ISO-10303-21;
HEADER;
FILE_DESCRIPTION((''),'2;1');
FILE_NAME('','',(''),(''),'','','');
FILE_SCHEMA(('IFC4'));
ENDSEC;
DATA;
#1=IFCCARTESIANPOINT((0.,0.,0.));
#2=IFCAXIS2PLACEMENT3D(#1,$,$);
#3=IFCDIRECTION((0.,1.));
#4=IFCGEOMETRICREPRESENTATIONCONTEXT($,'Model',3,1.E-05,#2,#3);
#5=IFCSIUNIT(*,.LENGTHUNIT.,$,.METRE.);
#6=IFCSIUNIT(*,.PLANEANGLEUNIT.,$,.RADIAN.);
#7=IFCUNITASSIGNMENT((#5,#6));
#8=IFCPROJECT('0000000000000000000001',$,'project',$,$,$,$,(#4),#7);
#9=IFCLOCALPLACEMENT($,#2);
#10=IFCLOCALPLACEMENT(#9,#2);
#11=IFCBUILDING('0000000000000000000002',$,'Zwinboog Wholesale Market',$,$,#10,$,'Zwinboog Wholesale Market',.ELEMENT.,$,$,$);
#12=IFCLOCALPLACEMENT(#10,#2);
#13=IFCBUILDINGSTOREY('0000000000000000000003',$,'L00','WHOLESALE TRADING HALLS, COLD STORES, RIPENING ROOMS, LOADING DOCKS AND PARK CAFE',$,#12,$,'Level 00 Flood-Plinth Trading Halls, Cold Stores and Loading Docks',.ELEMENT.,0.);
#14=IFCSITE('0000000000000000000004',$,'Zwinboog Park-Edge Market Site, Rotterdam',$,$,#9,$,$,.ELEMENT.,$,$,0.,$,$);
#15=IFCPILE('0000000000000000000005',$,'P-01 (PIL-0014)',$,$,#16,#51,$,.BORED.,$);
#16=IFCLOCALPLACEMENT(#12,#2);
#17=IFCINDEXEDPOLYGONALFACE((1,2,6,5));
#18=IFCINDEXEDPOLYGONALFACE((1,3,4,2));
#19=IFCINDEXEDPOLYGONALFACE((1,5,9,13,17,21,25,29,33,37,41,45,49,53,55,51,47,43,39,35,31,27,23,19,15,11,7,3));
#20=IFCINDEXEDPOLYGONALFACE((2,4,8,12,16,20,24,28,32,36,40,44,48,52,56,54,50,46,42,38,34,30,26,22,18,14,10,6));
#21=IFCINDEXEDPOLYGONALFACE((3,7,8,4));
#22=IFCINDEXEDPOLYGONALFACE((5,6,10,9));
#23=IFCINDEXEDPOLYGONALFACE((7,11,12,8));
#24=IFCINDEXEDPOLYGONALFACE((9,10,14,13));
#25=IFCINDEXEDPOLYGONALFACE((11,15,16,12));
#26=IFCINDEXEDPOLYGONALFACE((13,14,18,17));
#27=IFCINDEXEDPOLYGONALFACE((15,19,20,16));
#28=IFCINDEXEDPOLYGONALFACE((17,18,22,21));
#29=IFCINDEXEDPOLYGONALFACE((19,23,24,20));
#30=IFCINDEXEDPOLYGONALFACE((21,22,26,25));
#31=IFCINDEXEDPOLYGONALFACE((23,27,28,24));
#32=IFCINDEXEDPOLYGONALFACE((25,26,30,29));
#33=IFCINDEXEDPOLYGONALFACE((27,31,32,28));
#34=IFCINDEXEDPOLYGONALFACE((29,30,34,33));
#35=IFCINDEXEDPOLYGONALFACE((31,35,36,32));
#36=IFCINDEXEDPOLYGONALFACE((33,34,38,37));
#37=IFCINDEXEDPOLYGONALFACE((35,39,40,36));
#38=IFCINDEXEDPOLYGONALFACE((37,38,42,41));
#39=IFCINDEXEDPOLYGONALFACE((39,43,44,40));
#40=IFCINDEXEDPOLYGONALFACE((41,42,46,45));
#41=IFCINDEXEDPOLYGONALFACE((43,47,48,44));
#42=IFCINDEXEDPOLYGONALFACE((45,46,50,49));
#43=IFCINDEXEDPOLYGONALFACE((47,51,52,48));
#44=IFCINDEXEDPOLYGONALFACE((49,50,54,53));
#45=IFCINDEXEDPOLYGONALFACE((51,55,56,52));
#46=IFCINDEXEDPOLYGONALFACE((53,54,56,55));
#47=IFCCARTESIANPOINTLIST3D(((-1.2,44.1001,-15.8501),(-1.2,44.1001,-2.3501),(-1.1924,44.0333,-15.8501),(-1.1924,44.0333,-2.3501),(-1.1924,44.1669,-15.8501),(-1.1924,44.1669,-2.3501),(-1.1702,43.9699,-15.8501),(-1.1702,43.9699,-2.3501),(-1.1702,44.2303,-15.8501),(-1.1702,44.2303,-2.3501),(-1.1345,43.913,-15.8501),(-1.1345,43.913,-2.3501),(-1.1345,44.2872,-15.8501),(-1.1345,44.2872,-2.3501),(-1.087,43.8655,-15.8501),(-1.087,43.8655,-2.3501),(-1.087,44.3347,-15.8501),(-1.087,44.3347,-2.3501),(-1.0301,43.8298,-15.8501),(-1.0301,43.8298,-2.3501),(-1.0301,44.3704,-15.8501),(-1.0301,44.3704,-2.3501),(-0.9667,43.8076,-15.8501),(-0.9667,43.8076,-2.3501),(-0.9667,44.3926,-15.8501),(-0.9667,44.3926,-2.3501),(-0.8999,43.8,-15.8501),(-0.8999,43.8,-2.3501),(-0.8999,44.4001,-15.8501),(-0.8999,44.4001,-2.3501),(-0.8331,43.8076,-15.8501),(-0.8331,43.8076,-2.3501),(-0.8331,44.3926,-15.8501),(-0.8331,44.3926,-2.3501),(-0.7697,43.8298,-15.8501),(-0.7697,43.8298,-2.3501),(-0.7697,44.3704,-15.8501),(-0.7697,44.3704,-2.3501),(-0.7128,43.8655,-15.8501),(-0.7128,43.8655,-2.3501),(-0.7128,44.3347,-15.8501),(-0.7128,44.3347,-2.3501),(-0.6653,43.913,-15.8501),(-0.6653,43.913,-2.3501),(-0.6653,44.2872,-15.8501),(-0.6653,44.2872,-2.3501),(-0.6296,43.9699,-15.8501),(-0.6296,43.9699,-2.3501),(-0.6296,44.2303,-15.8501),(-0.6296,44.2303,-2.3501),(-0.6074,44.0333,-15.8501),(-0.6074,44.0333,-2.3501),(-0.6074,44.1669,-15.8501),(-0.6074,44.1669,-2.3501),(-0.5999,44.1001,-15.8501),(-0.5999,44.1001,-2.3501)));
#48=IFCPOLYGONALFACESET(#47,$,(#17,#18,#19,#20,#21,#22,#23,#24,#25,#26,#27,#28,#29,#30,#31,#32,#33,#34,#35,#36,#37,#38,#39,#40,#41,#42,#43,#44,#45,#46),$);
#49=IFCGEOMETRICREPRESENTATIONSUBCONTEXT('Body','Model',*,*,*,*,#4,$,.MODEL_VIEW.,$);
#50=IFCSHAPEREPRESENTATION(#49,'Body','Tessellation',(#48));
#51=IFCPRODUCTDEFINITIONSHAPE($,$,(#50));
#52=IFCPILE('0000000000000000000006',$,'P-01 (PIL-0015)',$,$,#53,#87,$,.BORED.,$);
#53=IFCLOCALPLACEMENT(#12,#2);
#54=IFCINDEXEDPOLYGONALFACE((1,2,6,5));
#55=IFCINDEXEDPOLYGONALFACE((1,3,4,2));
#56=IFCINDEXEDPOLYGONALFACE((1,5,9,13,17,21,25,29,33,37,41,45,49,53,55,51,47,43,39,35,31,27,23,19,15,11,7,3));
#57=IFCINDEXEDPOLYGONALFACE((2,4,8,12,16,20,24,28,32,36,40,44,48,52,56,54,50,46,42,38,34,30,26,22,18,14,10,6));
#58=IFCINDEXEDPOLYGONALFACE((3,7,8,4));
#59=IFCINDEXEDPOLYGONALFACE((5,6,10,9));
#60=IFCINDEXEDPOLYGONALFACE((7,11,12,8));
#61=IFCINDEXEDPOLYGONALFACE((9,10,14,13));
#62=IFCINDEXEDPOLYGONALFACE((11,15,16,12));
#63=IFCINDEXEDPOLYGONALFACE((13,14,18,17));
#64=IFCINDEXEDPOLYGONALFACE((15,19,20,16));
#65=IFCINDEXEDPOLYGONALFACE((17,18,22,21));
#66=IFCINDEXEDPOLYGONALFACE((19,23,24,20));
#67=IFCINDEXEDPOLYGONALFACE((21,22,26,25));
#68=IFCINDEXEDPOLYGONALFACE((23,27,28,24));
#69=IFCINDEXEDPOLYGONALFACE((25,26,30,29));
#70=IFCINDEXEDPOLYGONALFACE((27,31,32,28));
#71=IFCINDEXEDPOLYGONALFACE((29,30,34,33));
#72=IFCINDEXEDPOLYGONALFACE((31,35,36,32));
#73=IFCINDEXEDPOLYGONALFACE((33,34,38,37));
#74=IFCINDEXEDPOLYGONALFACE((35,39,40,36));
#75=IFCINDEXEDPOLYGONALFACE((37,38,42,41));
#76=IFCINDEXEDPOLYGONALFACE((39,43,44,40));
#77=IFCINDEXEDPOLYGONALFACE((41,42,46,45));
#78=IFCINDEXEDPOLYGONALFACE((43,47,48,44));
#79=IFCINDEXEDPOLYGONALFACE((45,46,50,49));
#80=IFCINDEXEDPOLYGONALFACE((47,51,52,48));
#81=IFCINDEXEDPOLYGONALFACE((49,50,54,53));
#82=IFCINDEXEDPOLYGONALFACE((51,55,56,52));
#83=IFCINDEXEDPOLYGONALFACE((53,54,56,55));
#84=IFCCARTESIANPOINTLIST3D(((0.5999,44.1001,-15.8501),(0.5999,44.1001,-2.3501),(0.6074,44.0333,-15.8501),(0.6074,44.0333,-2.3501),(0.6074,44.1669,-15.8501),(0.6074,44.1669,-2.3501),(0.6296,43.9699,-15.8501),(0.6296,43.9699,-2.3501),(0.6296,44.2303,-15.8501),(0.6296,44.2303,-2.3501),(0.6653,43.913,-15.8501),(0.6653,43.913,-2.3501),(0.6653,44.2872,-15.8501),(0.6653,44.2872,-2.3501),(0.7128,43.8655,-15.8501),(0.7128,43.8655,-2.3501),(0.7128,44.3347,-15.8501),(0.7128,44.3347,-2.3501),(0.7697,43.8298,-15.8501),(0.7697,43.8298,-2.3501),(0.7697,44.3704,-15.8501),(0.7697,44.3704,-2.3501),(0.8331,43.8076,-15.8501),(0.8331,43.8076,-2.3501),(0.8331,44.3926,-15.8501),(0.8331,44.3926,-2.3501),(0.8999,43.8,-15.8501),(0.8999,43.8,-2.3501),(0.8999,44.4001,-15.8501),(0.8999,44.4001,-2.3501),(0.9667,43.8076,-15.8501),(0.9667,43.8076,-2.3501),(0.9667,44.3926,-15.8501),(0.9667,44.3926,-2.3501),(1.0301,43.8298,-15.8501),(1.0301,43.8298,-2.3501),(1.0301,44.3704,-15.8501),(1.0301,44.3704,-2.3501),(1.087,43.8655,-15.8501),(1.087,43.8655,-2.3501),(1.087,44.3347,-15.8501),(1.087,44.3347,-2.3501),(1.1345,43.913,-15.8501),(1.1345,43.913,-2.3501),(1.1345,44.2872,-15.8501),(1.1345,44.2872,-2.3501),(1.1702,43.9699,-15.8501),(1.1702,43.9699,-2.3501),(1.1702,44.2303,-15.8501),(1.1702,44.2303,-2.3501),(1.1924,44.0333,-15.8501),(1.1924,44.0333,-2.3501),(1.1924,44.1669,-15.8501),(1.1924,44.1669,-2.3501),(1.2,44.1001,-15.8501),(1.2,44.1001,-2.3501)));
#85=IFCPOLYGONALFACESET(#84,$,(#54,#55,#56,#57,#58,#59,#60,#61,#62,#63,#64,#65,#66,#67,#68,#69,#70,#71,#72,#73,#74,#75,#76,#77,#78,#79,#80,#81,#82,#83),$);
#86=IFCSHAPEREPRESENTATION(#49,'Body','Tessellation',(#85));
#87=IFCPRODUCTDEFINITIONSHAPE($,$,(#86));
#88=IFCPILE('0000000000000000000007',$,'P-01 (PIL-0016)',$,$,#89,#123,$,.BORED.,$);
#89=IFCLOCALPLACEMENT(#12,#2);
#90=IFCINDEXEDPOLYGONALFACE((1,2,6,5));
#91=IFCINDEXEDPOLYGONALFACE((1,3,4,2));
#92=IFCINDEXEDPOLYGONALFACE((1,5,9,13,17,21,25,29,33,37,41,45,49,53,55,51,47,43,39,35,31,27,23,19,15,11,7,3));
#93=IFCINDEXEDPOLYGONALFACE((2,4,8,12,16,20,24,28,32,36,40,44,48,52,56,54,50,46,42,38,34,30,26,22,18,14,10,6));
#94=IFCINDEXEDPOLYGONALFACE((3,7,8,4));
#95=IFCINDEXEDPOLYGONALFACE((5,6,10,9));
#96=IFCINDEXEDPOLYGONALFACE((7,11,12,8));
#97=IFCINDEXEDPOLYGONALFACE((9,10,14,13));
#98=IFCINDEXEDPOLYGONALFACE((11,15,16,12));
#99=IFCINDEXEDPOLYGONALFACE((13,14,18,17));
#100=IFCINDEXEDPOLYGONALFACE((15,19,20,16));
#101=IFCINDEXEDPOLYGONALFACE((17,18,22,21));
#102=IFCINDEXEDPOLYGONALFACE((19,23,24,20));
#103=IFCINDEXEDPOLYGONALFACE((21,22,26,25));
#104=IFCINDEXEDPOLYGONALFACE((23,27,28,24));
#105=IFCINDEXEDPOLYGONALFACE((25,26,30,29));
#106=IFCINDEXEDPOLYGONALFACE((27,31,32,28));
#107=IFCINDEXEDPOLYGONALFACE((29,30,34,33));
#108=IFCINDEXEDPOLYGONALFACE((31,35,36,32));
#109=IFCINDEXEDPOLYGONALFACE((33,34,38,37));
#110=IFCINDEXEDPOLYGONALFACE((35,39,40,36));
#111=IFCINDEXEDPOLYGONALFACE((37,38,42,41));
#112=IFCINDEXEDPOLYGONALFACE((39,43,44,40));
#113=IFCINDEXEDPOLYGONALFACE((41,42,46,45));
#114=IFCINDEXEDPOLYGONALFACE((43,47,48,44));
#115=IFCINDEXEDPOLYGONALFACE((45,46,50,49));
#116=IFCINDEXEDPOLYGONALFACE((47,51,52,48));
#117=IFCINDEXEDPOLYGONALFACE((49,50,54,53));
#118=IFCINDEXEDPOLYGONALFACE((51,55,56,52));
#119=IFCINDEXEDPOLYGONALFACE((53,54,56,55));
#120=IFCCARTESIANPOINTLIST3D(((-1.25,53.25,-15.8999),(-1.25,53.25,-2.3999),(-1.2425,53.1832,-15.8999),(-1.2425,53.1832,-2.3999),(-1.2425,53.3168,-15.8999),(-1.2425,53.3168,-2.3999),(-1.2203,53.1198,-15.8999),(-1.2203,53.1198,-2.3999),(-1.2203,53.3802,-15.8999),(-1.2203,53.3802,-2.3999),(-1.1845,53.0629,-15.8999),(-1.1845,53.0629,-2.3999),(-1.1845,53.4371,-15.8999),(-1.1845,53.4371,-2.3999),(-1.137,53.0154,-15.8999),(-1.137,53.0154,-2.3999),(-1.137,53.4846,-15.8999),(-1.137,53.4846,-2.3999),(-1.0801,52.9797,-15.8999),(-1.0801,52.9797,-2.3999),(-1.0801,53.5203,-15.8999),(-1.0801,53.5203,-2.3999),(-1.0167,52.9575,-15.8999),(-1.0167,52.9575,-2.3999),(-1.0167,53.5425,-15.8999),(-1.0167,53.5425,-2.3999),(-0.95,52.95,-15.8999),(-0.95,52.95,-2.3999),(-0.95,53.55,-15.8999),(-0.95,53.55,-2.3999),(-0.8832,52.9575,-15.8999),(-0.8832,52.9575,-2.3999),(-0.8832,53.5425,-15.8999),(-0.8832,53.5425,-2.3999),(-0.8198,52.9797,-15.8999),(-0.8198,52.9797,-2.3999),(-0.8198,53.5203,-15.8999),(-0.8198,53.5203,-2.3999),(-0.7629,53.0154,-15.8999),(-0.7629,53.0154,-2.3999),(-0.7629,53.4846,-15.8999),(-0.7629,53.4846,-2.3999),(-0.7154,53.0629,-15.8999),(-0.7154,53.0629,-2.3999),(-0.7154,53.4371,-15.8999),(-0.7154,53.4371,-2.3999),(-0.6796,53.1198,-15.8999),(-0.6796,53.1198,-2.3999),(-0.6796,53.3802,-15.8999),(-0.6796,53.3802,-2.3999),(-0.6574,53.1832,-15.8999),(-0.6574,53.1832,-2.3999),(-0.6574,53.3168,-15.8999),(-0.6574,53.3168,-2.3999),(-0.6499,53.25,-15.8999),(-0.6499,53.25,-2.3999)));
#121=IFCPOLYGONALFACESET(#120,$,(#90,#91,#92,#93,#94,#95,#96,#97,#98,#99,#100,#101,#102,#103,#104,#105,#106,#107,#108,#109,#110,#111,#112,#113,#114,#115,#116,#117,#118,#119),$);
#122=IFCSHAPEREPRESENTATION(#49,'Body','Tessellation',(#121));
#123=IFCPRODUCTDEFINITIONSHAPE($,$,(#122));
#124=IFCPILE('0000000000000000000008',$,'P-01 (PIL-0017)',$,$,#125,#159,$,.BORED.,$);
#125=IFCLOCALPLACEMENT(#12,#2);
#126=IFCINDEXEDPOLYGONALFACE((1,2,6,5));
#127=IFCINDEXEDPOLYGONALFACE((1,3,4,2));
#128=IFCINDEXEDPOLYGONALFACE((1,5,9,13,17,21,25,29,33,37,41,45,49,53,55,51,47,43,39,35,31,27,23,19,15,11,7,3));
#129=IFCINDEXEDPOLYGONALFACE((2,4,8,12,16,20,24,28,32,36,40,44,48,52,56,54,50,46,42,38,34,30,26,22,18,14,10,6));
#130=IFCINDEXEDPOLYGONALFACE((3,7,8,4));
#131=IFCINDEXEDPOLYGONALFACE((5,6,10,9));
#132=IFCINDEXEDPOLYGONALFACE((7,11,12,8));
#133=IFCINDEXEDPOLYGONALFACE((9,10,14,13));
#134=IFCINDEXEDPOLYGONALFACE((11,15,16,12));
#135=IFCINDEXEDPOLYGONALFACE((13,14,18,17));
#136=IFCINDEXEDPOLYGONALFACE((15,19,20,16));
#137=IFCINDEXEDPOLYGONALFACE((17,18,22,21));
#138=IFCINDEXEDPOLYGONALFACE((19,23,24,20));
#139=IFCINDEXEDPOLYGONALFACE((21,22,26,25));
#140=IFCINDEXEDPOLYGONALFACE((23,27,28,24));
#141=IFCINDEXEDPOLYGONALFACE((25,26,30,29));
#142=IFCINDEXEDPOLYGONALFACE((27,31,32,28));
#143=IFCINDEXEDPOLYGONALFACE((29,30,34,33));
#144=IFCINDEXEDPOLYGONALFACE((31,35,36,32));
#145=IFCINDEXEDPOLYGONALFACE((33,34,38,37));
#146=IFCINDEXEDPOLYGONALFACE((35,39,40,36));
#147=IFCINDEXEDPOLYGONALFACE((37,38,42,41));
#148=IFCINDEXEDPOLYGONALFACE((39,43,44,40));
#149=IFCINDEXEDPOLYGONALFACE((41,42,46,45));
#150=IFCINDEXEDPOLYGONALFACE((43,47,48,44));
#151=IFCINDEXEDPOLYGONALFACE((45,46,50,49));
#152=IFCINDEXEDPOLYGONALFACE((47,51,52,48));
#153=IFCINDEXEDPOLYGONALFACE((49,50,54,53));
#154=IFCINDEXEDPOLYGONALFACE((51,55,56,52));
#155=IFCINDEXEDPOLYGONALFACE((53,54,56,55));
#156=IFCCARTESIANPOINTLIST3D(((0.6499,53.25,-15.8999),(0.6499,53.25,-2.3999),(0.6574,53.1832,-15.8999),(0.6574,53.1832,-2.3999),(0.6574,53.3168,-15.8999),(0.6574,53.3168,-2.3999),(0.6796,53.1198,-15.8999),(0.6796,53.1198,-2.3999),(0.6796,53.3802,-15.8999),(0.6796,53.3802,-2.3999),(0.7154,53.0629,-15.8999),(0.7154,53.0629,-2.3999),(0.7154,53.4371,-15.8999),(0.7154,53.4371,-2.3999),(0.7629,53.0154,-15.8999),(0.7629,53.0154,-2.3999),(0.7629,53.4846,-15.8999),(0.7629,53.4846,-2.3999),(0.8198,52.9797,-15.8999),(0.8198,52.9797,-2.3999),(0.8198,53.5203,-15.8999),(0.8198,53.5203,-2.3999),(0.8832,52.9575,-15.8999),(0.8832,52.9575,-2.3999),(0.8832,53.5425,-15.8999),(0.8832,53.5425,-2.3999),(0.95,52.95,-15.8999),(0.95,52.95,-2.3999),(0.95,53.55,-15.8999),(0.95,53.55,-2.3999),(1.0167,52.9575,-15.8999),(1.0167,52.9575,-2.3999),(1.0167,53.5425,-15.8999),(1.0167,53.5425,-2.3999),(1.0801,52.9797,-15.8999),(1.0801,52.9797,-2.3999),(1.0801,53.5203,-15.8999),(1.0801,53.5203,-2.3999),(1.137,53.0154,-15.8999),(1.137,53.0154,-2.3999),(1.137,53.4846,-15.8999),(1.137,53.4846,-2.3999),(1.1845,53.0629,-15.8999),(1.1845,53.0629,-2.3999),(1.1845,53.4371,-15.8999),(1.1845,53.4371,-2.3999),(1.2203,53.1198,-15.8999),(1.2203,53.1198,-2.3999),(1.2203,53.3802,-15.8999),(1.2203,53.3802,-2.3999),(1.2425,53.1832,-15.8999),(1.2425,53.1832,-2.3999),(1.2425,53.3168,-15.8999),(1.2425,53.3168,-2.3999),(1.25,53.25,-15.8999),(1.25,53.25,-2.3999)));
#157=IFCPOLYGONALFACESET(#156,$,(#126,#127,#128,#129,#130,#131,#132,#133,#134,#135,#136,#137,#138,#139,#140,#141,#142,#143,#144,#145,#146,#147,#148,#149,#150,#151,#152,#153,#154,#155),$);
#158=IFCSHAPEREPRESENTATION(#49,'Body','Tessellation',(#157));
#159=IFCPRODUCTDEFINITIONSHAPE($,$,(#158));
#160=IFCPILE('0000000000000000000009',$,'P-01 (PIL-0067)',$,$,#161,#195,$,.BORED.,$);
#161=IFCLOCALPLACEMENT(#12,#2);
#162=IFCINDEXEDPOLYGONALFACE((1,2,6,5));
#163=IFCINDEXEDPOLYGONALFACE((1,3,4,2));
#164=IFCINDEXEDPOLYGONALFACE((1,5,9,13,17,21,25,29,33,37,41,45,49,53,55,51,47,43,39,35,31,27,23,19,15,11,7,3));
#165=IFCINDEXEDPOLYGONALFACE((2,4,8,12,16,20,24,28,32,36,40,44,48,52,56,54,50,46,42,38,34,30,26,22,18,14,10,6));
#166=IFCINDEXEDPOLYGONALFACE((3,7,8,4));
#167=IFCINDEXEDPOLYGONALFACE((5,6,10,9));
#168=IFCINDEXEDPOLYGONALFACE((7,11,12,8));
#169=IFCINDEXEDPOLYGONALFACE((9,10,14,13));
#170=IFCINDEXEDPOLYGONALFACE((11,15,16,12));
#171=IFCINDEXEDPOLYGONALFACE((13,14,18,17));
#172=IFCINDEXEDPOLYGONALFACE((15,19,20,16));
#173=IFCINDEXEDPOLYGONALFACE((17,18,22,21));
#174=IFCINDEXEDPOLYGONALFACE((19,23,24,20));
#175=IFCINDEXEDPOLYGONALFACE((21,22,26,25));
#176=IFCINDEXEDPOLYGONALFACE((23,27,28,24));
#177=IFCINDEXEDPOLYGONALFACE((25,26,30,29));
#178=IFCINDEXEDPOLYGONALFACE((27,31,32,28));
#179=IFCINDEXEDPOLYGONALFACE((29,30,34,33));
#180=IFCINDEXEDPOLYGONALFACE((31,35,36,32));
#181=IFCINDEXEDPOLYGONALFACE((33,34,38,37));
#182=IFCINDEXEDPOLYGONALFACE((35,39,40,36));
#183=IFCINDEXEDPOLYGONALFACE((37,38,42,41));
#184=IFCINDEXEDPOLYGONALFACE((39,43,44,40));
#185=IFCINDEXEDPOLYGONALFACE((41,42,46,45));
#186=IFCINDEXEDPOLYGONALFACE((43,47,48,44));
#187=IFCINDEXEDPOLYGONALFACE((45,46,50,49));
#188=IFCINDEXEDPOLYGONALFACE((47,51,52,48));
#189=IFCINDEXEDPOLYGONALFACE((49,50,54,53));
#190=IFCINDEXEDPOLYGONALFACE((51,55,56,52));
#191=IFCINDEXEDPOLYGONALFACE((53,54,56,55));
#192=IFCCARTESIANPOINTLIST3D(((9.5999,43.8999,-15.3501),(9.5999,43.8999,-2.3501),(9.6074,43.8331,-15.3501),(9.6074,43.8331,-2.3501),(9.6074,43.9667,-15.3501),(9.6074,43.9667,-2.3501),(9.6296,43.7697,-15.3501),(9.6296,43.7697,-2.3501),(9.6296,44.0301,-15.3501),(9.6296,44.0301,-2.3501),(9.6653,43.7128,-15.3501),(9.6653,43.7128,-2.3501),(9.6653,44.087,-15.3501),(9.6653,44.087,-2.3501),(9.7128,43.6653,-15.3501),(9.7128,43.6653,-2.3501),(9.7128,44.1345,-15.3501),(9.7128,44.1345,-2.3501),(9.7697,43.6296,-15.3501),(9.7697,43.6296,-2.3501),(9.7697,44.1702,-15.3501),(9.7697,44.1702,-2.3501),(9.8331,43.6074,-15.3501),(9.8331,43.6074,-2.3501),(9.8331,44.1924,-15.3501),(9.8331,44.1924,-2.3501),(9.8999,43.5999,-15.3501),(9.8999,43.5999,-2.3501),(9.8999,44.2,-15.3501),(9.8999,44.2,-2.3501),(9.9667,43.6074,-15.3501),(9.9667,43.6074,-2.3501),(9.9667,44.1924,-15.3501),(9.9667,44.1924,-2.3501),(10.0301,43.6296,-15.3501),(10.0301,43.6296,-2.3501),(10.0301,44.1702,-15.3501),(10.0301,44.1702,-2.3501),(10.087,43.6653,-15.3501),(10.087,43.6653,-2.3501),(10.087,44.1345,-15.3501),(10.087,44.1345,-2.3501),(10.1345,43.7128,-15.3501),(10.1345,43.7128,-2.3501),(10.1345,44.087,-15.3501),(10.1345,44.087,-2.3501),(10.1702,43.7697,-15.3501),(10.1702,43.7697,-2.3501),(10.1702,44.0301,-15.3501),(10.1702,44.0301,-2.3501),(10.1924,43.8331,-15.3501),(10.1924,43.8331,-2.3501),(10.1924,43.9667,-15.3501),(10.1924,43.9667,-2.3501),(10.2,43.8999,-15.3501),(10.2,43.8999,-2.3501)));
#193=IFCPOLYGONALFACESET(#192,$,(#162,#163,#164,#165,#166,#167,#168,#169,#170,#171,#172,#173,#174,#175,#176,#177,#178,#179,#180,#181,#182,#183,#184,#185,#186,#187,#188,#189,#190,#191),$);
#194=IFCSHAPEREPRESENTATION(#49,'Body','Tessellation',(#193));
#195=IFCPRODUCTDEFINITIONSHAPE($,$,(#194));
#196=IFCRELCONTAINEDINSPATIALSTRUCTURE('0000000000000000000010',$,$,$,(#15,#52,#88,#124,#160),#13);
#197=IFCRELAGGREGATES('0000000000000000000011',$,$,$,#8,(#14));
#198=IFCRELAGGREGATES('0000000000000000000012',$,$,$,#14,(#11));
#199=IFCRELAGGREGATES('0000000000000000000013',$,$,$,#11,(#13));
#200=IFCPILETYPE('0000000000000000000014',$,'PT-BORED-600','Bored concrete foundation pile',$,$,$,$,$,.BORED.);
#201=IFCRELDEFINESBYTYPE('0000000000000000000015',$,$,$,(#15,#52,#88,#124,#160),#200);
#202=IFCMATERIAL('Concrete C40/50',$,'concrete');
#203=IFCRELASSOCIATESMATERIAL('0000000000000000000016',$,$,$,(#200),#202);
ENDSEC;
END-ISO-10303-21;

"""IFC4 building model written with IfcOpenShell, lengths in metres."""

from ifc_helpers import new_model, si_unit, direction, frame, origin, origin_2d, place, context, subcontext, project, spatial, circle, extrude, material, material_profile, profile_set, type_object, element, save


model = new_model("IFC4")

# Units and contexts
model_context = context("Model", 3, precision=1e-05, world=origin(), true_north=direction((0.0, 1.0)))
body_context = subcontext(model_context, "Body", "Model", "MODEL_VIEW")
ifc_project = project(units=[si_unit("LENGTHUNIT", "METRE"), si_unit("PLANEANGLEUNIT", "RADIAN")], contexts=[model_context])

# Site, building, storey
site_placement = place(None, origin())
site = spatial("IfcSite", under=ifc_project, at=site_placement, Name="Zwinboog Park-Edge Market Site, Rotterdam", CompositionType="ELEMENT", RefElevation=0.0)
building_placement = place(site_placement, origin())
building = spatial("IfcBuilding", under=site, at=building_placement, Name="Zwinboog Wholesale Market", LongName="Zwinboog Wholesale Market", CompositionType="ELEMENT")
storey_placement = place(building_placement, origin())
storey = spatial("IfcBuildingStorey", under=building, at=storey_placement, Name="L00", Description="WHOLESALE TRADING HALLS, COLD STORES, RIPENING ROOMS, LOADING DOCKS AND PARK CAFE", LongName="Level 00 Flood-Plinth Trading Halls, Cold Stores and Loading Docks", CompositionType="ELEMENT", Elevation=0.0)

# Piles
ifc_material_1 = material(Name="Concrete C40/50", Category="concrete")
ifc_material_profile_1 = material_profile(ifc_material_1, circle(Radius=0.3, at=origin_2d()), Name="PILE D600")
ifc_profile_set_1 = profile_set([ifc_material_profile_1], Name="Concrete C40/50")
pile_type = type_object("IfcPileType", Name="PT-BORED-600", Description="Bored concrete foundation pile", PredefinedType="BORED", material=ifc_profile_set_1)
for number, where, z_axis, x_axis, name in (
    (1, (-0.8999, 44.1001, -2.3501), (0.0, 0.0, -1.0), (1.0, 0.0, 0.0), "P-01 (PIL-0014)"),
    (2, (0.8999, 44.1001, -2.3501), (0.0, 0.0, -1.0), (1.0, 0.0, 0.0), "P-01 (PIL-0015)"),
    (3, (-0.95, 53.25, -2.3999), (0.0, 0.0, -1.0), (1.0, 0.0, 0.0), "P-01 (PIL-0016)"),
    (4, (0.95, 53.25, -2.3999), (0.0, 0.0, -1.0), (1.0, 0.0, 0.0), "P-01 (PIL-0017)"),
):
    element("IfcPile", number, at=place(storey_placement, frame(where, z_axis=z_axis, x_axis=x_axis)), inside=storey, type_object=pile_type, Name=name, PredefinedType="BORED", context=body_context, shape_type="SweptSolid", body=[
        extrude(circle(Radius=0.3, at=origin_2d()), origin(), (0.0, 0.0, 1.0), 13.5),
    ])
for number, where, z_axis, x_axis, name in (
    (5, (9.8999, 43.8999, -2.3501), (0.0, 0.0, -1.0), (1.0, 0.0, 0.0), "P-01 (PIL-0067)"),
):
    element("IfcPile", number, at=place(storey_placement, frame(where, z_axis=z_axis, x_axis=x_axis)), inside=storey, type_object=pile_type, Name=name, PredefinedType="BORED", context=body_context, shape_type="SweptSolid", body=[
        extrude(circle(Radius=0.3, at=origin_2d()), origin(), (0.0, 0.0, 1.0), 13.0),
    ])

save(model, "model.ifc")
